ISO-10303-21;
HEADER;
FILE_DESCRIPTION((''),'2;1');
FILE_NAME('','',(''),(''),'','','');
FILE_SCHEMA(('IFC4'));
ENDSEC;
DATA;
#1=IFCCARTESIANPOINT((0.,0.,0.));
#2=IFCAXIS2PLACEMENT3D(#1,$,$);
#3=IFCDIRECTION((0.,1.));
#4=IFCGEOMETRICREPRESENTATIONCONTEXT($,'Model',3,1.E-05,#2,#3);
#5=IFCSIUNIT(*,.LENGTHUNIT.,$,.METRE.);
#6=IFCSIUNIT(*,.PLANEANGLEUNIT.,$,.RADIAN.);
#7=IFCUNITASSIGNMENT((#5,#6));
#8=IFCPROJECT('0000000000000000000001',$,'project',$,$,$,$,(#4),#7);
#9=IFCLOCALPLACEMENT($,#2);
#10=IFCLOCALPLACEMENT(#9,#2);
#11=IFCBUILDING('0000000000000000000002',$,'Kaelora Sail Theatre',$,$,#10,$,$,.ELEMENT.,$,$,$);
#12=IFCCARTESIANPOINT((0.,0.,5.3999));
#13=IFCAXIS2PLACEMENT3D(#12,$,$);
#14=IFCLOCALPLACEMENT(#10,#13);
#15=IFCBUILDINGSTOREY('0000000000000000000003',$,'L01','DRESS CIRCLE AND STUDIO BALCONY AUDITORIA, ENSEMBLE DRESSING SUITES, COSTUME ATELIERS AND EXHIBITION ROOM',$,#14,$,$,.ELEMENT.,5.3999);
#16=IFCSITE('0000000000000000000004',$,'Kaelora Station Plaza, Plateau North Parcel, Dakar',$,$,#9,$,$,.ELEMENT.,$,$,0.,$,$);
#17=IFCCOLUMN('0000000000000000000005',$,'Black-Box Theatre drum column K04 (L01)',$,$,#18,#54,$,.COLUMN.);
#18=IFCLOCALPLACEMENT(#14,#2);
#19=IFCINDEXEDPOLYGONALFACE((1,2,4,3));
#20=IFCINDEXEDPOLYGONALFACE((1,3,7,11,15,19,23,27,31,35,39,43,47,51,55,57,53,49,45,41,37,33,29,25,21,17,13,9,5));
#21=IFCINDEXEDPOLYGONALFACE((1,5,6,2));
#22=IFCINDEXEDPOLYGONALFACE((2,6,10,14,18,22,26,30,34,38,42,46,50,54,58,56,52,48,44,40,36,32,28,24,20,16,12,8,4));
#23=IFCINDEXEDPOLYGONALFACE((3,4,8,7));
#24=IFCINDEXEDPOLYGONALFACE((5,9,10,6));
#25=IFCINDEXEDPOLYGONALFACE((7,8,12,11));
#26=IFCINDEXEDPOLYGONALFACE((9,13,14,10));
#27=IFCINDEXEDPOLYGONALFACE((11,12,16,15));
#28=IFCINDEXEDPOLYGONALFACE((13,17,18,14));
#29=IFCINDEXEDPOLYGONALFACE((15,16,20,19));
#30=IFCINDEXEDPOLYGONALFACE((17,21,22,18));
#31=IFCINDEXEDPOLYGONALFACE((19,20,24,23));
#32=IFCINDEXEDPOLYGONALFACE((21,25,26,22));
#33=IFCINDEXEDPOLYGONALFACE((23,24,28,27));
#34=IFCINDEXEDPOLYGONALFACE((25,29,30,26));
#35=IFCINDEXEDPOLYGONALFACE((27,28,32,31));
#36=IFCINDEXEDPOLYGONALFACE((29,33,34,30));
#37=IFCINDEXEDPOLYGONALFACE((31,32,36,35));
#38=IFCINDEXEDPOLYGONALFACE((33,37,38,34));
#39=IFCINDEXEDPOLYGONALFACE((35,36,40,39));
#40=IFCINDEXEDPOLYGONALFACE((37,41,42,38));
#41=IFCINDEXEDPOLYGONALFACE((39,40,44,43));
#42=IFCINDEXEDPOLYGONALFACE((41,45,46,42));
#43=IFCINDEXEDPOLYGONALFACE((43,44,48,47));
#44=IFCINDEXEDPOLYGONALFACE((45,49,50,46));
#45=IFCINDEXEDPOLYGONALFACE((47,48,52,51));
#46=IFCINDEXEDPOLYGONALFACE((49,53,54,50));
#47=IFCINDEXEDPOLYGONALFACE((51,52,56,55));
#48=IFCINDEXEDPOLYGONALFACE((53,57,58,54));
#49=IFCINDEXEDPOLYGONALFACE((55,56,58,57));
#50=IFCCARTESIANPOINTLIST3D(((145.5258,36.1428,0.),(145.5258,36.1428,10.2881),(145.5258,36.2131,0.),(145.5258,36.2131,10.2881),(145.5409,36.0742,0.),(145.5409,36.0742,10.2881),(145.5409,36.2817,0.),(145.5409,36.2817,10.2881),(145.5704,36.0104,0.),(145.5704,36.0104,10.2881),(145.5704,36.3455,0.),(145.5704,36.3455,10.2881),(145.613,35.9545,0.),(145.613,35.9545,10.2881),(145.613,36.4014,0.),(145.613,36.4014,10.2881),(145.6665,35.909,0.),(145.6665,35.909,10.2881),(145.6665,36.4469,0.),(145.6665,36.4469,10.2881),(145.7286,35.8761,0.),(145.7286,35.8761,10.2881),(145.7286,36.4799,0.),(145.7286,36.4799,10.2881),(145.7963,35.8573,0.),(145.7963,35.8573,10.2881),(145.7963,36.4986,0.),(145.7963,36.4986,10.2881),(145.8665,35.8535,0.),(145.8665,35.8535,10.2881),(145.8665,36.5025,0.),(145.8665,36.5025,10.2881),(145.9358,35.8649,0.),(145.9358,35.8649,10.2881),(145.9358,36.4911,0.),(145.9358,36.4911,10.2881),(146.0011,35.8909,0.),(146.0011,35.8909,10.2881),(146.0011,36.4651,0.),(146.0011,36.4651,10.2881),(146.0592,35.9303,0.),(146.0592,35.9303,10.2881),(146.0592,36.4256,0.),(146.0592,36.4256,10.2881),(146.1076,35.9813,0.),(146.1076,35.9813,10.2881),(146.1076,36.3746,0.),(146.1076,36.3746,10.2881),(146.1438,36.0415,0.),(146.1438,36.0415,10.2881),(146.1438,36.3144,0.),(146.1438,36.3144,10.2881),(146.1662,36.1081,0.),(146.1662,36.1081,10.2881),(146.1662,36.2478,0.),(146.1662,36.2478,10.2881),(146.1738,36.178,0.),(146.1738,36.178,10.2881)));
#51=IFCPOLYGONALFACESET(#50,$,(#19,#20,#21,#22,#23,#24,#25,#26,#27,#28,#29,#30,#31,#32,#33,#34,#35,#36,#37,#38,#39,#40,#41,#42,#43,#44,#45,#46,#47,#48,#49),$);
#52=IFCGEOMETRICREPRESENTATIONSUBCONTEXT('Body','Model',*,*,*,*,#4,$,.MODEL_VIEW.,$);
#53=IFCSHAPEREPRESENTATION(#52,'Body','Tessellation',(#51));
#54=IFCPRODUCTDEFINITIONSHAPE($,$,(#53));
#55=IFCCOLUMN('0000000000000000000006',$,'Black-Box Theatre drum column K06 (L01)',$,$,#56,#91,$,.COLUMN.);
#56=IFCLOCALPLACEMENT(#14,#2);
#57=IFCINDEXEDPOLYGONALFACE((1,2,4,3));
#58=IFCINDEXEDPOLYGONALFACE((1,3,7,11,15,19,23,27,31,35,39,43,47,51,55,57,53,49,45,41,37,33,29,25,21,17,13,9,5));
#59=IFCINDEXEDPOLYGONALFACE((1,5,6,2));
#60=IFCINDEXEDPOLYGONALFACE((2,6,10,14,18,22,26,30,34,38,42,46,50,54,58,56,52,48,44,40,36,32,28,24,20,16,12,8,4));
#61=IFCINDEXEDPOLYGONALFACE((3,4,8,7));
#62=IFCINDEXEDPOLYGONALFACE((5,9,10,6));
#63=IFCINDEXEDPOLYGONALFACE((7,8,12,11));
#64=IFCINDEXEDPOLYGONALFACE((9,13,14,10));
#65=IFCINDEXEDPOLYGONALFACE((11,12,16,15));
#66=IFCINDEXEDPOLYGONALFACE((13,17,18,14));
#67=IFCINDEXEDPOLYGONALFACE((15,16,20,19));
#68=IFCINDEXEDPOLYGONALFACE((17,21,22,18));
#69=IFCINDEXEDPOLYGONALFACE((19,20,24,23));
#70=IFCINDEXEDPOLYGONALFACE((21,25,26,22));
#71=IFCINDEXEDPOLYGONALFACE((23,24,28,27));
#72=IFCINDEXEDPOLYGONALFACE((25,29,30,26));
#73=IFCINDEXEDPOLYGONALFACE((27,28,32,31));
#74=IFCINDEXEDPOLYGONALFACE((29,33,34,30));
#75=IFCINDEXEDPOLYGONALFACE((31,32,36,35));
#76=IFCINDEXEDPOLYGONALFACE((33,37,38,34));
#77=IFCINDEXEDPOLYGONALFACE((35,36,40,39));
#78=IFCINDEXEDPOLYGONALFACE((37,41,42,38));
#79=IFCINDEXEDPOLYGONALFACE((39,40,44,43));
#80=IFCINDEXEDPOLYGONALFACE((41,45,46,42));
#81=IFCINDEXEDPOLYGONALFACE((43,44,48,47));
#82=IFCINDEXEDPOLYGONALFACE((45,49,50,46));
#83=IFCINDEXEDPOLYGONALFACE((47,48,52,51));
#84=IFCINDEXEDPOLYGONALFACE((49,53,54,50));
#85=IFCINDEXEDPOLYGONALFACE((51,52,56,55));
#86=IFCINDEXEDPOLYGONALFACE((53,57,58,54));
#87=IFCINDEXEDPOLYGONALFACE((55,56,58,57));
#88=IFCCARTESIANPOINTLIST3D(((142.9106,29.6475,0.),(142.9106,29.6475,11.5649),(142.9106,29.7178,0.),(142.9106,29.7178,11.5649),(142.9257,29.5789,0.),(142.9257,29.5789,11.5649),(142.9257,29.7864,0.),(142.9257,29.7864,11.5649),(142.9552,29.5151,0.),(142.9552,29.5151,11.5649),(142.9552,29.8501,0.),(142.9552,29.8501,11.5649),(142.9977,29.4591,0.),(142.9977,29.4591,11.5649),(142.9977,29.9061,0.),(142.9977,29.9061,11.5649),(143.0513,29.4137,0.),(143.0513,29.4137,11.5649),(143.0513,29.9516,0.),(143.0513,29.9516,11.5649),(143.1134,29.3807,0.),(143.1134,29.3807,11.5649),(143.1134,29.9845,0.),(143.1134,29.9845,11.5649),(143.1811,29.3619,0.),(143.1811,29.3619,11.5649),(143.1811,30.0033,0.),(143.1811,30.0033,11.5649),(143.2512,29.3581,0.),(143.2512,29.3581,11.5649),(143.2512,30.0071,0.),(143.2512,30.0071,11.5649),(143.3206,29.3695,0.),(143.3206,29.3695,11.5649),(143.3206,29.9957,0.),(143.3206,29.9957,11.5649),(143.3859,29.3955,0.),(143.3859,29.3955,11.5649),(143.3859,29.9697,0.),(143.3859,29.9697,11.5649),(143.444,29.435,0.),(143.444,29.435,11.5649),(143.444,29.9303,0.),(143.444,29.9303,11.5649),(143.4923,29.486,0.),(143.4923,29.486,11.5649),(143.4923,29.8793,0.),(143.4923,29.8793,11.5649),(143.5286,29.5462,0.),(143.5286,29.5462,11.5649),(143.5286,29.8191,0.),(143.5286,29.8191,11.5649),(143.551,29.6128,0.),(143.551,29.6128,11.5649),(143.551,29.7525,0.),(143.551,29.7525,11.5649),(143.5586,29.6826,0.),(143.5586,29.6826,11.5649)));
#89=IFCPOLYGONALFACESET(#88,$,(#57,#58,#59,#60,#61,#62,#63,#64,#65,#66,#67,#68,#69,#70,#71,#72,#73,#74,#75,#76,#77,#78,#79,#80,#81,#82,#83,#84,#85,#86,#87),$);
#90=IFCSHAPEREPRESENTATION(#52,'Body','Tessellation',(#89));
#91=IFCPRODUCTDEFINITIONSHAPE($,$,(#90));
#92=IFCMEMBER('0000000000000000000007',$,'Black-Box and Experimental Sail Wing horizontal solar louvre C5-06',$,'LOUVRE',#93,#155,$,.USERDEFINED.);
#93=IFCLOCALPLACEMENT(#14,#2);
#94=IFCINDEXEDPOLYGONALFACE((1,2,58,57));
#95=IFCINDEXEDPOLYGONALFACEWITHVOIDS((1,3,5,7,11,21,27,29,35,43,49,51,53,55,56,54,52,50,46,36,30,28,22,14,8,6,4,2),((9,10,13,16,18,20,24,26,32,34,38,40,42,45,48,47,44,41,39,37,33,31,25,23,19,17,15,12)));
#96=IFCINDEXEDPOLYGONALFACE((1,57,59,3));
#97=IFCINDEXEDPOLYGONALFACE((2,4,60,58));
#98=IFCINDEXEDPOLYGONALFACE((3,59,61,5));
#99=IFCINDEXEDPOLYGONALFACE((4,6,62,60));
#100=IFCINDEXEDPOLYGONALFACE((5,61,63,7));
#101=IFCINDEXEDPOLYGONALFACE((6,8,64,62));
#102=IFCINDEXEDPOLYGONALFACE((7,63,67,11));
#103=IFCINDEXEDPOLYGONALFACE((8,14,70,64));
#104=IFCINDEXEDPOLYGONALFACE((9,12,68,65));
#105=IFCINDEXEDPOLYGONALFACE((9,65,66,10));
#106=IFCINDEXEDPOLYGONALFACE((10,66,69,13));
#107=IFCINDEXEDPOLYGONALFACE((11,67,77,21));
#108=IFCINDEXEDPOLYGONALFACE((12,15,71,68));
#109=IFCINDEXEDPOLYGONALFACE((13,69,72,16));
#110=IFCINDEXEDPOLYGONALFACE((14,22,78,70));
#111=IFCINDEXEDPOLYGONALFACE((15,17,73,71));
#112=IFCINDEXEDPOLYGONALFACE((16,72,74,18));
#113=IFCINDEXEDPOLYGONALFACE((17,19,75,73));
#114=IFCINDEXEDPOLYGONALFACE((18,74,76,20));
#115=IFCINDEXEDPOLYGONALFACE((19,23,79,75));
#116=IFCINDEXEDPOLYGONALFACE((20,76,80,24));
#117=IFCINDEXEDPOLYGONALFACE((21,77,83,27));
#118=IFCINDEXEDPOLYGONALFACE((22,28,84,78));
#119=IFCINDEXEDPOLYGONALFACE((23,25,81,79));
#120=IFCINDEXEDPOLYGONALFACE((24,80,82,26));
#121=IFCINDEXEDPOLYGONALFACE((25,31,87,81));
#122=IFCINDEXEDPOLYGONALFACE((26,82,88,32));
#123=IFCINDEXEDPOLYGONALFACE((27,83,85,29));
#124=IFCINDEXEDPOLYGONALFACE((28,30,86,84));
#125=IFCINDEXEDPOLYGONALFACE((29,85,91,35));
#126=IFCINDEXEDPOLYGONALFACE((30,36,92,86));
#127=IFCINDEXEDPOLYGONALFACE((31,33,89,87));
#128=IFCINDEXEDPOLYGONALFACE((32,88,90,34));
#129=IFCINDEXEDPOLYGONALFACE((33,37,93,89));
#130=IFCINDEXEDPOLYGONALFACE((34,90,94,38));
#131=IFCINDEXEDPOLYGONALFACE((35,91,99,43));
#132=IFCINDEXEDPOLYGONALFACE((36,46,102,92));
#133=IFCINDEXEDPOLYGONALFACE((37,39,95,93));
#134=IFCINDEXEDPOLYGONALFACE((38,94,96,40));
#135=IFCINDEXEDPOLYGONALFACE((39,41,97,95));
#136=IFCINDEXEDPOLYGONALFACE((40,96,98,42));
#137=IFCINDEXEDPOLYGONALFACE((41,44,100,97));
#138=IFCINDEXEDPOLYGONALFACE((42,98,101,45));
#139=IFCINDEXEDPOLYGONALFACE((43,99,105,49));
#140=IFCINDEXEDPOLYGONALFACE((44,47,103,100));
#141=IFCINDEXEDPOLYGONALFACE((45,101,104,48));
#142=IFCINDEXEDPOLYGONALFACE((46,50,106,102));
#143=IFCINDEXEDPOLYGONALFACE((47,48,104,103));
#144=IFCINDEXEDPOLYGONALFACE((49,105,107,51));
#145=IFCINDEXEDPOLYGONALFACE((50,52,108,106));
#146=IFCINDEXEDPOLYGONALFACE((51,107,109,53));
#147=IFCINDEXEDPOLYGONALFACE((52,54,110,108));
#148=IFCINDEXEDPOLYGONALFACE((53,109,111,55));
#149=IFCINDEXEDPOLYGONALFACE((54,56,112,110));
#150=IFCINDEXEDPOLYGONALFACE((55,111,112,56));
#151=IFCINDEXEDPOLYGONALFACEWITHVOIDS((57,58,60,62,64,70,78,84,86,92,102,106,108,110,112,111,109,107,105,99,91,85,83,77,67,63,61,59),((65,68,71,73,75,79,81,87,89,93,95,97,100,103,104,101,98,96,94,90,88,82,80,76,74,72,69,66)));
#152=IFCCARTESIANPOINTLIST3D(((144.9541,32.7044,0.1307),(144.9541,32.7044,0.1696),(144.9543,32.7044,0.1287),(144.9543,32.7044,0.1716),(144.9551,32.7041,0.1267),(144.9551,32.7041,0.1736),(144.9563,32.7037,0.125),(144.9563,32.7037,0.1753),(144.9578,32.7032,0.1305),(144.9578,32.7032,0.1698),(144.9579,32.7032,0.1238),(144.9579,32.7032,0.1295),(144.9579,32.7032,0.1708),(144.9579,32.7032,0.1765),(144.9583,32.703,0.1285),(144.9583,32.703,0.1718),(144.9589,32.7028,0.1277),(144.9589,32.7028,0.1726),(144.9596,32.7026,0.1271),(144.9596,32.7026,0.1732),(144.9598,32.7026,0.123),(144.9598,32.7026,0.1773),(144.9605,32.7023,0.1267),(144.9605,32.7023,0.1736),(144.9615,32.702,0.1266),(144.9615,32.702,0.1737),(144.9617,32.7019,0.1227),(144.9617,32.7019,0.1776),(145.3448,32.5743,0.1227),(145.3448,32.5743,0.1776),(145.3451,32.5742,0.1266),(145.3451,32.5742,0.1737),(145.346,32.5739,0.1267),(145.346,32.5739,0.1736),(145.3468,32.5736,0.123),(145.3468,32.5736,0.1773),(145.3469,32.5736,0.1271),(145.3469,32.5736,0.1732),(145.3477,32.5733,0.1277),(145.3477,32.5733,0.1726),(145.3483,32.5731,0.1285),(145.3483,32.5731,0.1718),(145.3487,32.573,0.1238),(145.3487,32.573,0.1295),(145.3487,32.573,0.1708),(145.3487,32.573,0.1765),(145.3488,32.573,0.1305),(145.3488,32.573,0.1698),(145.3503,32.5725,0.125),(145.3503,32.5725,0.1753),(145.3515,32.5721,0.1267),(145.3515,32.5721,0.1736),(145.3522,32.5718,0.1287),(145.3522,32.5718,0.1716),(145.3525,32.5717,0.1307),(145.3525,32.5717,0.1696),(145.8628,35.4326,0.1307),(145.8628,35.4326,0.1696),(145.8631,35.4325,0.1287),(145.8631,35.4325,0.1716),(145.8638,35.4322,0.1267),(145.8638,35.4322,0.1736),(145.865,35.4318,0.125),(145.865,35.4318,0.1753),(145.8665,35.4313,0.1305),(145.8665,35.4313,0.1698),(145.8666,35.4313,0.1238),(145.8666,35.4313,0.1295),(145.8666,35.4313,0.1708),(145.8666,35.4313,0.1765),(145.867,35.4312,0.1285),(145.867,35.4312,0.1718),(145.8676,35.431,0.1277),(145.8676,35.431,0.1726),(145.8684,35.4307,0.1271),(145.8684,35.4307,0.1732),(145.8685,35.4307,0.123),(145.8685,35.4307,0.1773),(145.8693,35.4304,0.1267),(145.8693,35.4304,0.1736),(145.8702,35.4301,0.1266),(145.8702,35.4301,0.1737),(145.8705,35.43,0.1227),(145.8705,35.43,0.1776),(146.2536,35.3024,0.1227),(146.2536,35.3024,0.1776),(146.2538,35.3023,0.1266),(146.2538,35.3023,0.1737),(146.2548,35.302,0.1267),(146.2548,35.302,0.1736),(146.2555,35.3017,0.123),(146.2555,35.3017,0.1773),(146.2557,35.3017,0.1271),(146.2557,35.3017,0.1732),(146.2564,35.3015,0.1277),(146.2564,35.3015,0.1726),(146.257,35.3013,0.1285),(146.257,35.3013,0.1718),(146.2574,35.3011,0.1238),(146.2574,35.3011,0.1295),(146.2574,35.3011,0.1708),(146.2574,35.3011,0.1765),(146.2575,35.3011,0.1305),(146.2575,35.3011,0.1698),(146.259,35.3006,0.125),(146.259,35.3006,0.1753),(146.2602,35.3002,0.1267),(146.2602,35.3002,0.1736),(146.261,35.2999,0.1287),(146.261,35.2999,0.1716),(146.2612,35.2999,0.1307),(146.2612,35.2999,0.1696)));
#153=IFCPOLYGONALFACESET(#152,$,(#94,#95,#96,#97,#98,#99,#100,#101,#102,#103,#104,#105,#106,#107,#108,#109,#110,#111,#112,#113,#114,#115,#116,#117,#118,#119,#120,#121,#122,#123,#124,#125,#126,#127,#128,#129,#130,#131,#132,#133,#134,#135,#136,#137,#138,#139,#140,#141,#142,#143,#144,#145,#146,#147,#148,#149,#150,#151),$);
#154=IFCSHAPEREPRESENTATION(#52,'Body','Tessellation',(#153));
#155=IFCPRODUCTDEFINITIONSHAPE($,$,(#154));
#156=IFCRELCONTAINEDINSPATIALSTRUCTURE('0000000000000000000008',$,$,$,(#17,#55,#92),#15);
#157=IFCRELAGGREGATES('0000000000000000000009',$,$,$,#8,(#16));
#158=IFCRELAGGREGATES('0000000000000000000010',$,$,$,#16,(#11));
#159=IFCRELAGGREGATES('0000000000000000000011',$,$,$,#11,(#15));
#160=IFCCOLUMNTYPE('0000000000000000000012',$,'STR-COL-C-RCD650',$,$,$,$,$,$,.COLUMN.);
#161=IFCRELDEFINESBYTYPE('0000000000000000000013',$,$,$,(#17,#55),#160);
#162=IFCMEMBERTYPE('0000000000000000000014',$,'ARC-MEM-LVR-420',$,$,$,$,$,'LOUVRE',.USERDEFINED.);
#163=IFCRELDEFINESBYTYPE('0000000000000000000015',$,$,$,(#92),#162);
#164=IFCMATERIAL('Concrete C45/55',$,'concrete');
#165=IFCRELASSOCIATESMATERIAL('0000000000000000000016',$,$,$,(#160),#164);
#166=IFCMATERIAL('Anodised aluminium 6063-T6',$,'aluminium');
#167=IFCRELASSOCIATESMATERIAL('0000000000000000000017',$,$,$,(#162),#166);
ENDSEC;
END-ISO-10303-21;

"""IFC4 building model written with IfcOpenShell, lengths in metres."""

from ifc_helpers import new_model, si_unit, direction, frame, origin, origin_2d, place, context, subcontext, project, spatial, hollow_rectangle, circle, extrude, material, material_profile, profile_set, type_object, element, save


model = new_model("IFC4")

# Units and contexts
model_context = context("Model", 3, precision=1e-05, world=origin(), true_north=direction((0.0, 1.0)))
body_context = subcontext(model_context, "Body", "Model", "MODEL_VIEW")
ifc_project = project(units=[si_unit("LENGTHUNIT", "METRE"), si_unit("PLANEANGLEUNIT", "RADIAN")], contexts=[model_context])

# Site, building, storey
site_placement = place(None, origin())
site = spatial("IfcSite", under=ifc_project, at=site_placement, Name="Kaelora Station Plaza, Plateau North Parcel, Dakar", CompositionType="ELEMENT", RefElevation=0.0)
building_placement = place(site_placement, origin())
building = spatial("IfcBuilding", under=site, at=building_placement, Name="Kaelora Sail Theatre", CompositionType="ELEMENT")
storey_placement = place(building_placement, frame((0.0, 0.0, 5.3999)))
storey = spatial("IfcBuildingStorey", under=building, at=storey_placement, Name="L01", Description="DRESS CIRCLE AND STUDIO BALCONY AUDITORIA, ENSEMBLE DRESSING SUITES, COSTUME ATELIERS AND EXHIBITION ROOM", CompositionType="ELEMENT", Elevation=5.3999)

# Columns
ifc_material_1 = material(Name="Concrete C45/55", Category="concrete")
ifc_material_profile_1 = material_profile(ifc_material_1, circle(Radius=0.325, at=origin_2d()), Name="RC-CCOL D650")
ifc_profile_set_1 = profile_set([ifc_material_profile_1], Name="Concrete C45/55")
column_type = type_object("IfcColumnType", Name="STR-COL-C-RCD650", PredefinedType="COLUMN", material=ifc_profile_set_1)
column_1_placement = place(storey_placement, frame((145.8489, 36.178, 0.0), z_axis=(0.0, 0.0, 1.0), x_axis=(1.0, 0.0, 0.0)))
element("IfcColumn", 1, at=column_1_placement, inside=storey, type_object=column_type, Name="Black-Box Theatre drum column K04 (L01)", PredefinedType="COLUMN", context=body_context, shape_type="SweptSolid", body=[
    extrude(circle(Radius=0.325, at=origin_2d()), origin(), (0.0, 0.0, 1.0), 10.2881),
])
column_2_placement = place(storey_placement, frame((143.2336, 29.6826, 0.0), z_axis=(0.0, 0.0, 1.0), x_axis=(1.0, 0.0, 0.0)))
element("IfcColumn", 2, at=column_2_placement, inside=storey, type_object=column_type, Name="Black-Box Theatre drum column K06 (L01)", PredefinedType="COLUMN", context=body_context, shape_type="SweptSolid", body=[
    extrude(circle(Radius=0.325, at=origin_2d()), origin(), (0.0, 0.0, 1.0), 11.5649),
])

# Member
ifc_material_2 = material(Name="Anodised aluminium 6063-T6", Category="aluminium")
ifc_material_profile_2 = material_profile(ifc_material_2, hollow_rectangle(XDim=0.4199, YDim=0.0549, WallThickness=0.0039, InnerFilletRadius=0.0039, OuterFilletRadius=0.0081, at=origin_2d()), Name="LOUVRE 420x55x4")
ifc_profile_set_2 = profile_set([ifc_material_profile_2], Name="Anodised aluminium 6063-T6")
member_type = type_object("IfcMemberType", Name="ARC-MEM-LVR-420", ElementType="LOUVRE", PredefinedType="USERDEFINED", material=ifc_profile_set_2)
for number, where, z_axis, x_axis, name in (
    (3, (146.062, 35.3662, 0.1501), (-0.316024, -0.948751, 0.0), (0.948751, -0.316024, 0.0), "Black-Box and Experimental Sail Wing horizontal solar louvre C5-06"),
):
    element("IfcMember", number, at=place(storey_placement, frame(where, z_axis=z_axis, x_axis=x_axis)), inside=storey, type_object=member_type, Name=name, ObjectType="LOUVRE", PredefinedType="USERDEFINED", context=body_context, shape_type="SweptSolid", body=[
        extrude(hollow_rectangle(XDim=0.4199, YDim=0.0549, WallThickness=0.0039, InnerFilletRadius=0.0039, OuterFilletRadius=0.0081, at=origin_2d()), origin(), (0.0, 0.0, 1.0), 2.8755),
    ])

save(model, "model.ifc")
